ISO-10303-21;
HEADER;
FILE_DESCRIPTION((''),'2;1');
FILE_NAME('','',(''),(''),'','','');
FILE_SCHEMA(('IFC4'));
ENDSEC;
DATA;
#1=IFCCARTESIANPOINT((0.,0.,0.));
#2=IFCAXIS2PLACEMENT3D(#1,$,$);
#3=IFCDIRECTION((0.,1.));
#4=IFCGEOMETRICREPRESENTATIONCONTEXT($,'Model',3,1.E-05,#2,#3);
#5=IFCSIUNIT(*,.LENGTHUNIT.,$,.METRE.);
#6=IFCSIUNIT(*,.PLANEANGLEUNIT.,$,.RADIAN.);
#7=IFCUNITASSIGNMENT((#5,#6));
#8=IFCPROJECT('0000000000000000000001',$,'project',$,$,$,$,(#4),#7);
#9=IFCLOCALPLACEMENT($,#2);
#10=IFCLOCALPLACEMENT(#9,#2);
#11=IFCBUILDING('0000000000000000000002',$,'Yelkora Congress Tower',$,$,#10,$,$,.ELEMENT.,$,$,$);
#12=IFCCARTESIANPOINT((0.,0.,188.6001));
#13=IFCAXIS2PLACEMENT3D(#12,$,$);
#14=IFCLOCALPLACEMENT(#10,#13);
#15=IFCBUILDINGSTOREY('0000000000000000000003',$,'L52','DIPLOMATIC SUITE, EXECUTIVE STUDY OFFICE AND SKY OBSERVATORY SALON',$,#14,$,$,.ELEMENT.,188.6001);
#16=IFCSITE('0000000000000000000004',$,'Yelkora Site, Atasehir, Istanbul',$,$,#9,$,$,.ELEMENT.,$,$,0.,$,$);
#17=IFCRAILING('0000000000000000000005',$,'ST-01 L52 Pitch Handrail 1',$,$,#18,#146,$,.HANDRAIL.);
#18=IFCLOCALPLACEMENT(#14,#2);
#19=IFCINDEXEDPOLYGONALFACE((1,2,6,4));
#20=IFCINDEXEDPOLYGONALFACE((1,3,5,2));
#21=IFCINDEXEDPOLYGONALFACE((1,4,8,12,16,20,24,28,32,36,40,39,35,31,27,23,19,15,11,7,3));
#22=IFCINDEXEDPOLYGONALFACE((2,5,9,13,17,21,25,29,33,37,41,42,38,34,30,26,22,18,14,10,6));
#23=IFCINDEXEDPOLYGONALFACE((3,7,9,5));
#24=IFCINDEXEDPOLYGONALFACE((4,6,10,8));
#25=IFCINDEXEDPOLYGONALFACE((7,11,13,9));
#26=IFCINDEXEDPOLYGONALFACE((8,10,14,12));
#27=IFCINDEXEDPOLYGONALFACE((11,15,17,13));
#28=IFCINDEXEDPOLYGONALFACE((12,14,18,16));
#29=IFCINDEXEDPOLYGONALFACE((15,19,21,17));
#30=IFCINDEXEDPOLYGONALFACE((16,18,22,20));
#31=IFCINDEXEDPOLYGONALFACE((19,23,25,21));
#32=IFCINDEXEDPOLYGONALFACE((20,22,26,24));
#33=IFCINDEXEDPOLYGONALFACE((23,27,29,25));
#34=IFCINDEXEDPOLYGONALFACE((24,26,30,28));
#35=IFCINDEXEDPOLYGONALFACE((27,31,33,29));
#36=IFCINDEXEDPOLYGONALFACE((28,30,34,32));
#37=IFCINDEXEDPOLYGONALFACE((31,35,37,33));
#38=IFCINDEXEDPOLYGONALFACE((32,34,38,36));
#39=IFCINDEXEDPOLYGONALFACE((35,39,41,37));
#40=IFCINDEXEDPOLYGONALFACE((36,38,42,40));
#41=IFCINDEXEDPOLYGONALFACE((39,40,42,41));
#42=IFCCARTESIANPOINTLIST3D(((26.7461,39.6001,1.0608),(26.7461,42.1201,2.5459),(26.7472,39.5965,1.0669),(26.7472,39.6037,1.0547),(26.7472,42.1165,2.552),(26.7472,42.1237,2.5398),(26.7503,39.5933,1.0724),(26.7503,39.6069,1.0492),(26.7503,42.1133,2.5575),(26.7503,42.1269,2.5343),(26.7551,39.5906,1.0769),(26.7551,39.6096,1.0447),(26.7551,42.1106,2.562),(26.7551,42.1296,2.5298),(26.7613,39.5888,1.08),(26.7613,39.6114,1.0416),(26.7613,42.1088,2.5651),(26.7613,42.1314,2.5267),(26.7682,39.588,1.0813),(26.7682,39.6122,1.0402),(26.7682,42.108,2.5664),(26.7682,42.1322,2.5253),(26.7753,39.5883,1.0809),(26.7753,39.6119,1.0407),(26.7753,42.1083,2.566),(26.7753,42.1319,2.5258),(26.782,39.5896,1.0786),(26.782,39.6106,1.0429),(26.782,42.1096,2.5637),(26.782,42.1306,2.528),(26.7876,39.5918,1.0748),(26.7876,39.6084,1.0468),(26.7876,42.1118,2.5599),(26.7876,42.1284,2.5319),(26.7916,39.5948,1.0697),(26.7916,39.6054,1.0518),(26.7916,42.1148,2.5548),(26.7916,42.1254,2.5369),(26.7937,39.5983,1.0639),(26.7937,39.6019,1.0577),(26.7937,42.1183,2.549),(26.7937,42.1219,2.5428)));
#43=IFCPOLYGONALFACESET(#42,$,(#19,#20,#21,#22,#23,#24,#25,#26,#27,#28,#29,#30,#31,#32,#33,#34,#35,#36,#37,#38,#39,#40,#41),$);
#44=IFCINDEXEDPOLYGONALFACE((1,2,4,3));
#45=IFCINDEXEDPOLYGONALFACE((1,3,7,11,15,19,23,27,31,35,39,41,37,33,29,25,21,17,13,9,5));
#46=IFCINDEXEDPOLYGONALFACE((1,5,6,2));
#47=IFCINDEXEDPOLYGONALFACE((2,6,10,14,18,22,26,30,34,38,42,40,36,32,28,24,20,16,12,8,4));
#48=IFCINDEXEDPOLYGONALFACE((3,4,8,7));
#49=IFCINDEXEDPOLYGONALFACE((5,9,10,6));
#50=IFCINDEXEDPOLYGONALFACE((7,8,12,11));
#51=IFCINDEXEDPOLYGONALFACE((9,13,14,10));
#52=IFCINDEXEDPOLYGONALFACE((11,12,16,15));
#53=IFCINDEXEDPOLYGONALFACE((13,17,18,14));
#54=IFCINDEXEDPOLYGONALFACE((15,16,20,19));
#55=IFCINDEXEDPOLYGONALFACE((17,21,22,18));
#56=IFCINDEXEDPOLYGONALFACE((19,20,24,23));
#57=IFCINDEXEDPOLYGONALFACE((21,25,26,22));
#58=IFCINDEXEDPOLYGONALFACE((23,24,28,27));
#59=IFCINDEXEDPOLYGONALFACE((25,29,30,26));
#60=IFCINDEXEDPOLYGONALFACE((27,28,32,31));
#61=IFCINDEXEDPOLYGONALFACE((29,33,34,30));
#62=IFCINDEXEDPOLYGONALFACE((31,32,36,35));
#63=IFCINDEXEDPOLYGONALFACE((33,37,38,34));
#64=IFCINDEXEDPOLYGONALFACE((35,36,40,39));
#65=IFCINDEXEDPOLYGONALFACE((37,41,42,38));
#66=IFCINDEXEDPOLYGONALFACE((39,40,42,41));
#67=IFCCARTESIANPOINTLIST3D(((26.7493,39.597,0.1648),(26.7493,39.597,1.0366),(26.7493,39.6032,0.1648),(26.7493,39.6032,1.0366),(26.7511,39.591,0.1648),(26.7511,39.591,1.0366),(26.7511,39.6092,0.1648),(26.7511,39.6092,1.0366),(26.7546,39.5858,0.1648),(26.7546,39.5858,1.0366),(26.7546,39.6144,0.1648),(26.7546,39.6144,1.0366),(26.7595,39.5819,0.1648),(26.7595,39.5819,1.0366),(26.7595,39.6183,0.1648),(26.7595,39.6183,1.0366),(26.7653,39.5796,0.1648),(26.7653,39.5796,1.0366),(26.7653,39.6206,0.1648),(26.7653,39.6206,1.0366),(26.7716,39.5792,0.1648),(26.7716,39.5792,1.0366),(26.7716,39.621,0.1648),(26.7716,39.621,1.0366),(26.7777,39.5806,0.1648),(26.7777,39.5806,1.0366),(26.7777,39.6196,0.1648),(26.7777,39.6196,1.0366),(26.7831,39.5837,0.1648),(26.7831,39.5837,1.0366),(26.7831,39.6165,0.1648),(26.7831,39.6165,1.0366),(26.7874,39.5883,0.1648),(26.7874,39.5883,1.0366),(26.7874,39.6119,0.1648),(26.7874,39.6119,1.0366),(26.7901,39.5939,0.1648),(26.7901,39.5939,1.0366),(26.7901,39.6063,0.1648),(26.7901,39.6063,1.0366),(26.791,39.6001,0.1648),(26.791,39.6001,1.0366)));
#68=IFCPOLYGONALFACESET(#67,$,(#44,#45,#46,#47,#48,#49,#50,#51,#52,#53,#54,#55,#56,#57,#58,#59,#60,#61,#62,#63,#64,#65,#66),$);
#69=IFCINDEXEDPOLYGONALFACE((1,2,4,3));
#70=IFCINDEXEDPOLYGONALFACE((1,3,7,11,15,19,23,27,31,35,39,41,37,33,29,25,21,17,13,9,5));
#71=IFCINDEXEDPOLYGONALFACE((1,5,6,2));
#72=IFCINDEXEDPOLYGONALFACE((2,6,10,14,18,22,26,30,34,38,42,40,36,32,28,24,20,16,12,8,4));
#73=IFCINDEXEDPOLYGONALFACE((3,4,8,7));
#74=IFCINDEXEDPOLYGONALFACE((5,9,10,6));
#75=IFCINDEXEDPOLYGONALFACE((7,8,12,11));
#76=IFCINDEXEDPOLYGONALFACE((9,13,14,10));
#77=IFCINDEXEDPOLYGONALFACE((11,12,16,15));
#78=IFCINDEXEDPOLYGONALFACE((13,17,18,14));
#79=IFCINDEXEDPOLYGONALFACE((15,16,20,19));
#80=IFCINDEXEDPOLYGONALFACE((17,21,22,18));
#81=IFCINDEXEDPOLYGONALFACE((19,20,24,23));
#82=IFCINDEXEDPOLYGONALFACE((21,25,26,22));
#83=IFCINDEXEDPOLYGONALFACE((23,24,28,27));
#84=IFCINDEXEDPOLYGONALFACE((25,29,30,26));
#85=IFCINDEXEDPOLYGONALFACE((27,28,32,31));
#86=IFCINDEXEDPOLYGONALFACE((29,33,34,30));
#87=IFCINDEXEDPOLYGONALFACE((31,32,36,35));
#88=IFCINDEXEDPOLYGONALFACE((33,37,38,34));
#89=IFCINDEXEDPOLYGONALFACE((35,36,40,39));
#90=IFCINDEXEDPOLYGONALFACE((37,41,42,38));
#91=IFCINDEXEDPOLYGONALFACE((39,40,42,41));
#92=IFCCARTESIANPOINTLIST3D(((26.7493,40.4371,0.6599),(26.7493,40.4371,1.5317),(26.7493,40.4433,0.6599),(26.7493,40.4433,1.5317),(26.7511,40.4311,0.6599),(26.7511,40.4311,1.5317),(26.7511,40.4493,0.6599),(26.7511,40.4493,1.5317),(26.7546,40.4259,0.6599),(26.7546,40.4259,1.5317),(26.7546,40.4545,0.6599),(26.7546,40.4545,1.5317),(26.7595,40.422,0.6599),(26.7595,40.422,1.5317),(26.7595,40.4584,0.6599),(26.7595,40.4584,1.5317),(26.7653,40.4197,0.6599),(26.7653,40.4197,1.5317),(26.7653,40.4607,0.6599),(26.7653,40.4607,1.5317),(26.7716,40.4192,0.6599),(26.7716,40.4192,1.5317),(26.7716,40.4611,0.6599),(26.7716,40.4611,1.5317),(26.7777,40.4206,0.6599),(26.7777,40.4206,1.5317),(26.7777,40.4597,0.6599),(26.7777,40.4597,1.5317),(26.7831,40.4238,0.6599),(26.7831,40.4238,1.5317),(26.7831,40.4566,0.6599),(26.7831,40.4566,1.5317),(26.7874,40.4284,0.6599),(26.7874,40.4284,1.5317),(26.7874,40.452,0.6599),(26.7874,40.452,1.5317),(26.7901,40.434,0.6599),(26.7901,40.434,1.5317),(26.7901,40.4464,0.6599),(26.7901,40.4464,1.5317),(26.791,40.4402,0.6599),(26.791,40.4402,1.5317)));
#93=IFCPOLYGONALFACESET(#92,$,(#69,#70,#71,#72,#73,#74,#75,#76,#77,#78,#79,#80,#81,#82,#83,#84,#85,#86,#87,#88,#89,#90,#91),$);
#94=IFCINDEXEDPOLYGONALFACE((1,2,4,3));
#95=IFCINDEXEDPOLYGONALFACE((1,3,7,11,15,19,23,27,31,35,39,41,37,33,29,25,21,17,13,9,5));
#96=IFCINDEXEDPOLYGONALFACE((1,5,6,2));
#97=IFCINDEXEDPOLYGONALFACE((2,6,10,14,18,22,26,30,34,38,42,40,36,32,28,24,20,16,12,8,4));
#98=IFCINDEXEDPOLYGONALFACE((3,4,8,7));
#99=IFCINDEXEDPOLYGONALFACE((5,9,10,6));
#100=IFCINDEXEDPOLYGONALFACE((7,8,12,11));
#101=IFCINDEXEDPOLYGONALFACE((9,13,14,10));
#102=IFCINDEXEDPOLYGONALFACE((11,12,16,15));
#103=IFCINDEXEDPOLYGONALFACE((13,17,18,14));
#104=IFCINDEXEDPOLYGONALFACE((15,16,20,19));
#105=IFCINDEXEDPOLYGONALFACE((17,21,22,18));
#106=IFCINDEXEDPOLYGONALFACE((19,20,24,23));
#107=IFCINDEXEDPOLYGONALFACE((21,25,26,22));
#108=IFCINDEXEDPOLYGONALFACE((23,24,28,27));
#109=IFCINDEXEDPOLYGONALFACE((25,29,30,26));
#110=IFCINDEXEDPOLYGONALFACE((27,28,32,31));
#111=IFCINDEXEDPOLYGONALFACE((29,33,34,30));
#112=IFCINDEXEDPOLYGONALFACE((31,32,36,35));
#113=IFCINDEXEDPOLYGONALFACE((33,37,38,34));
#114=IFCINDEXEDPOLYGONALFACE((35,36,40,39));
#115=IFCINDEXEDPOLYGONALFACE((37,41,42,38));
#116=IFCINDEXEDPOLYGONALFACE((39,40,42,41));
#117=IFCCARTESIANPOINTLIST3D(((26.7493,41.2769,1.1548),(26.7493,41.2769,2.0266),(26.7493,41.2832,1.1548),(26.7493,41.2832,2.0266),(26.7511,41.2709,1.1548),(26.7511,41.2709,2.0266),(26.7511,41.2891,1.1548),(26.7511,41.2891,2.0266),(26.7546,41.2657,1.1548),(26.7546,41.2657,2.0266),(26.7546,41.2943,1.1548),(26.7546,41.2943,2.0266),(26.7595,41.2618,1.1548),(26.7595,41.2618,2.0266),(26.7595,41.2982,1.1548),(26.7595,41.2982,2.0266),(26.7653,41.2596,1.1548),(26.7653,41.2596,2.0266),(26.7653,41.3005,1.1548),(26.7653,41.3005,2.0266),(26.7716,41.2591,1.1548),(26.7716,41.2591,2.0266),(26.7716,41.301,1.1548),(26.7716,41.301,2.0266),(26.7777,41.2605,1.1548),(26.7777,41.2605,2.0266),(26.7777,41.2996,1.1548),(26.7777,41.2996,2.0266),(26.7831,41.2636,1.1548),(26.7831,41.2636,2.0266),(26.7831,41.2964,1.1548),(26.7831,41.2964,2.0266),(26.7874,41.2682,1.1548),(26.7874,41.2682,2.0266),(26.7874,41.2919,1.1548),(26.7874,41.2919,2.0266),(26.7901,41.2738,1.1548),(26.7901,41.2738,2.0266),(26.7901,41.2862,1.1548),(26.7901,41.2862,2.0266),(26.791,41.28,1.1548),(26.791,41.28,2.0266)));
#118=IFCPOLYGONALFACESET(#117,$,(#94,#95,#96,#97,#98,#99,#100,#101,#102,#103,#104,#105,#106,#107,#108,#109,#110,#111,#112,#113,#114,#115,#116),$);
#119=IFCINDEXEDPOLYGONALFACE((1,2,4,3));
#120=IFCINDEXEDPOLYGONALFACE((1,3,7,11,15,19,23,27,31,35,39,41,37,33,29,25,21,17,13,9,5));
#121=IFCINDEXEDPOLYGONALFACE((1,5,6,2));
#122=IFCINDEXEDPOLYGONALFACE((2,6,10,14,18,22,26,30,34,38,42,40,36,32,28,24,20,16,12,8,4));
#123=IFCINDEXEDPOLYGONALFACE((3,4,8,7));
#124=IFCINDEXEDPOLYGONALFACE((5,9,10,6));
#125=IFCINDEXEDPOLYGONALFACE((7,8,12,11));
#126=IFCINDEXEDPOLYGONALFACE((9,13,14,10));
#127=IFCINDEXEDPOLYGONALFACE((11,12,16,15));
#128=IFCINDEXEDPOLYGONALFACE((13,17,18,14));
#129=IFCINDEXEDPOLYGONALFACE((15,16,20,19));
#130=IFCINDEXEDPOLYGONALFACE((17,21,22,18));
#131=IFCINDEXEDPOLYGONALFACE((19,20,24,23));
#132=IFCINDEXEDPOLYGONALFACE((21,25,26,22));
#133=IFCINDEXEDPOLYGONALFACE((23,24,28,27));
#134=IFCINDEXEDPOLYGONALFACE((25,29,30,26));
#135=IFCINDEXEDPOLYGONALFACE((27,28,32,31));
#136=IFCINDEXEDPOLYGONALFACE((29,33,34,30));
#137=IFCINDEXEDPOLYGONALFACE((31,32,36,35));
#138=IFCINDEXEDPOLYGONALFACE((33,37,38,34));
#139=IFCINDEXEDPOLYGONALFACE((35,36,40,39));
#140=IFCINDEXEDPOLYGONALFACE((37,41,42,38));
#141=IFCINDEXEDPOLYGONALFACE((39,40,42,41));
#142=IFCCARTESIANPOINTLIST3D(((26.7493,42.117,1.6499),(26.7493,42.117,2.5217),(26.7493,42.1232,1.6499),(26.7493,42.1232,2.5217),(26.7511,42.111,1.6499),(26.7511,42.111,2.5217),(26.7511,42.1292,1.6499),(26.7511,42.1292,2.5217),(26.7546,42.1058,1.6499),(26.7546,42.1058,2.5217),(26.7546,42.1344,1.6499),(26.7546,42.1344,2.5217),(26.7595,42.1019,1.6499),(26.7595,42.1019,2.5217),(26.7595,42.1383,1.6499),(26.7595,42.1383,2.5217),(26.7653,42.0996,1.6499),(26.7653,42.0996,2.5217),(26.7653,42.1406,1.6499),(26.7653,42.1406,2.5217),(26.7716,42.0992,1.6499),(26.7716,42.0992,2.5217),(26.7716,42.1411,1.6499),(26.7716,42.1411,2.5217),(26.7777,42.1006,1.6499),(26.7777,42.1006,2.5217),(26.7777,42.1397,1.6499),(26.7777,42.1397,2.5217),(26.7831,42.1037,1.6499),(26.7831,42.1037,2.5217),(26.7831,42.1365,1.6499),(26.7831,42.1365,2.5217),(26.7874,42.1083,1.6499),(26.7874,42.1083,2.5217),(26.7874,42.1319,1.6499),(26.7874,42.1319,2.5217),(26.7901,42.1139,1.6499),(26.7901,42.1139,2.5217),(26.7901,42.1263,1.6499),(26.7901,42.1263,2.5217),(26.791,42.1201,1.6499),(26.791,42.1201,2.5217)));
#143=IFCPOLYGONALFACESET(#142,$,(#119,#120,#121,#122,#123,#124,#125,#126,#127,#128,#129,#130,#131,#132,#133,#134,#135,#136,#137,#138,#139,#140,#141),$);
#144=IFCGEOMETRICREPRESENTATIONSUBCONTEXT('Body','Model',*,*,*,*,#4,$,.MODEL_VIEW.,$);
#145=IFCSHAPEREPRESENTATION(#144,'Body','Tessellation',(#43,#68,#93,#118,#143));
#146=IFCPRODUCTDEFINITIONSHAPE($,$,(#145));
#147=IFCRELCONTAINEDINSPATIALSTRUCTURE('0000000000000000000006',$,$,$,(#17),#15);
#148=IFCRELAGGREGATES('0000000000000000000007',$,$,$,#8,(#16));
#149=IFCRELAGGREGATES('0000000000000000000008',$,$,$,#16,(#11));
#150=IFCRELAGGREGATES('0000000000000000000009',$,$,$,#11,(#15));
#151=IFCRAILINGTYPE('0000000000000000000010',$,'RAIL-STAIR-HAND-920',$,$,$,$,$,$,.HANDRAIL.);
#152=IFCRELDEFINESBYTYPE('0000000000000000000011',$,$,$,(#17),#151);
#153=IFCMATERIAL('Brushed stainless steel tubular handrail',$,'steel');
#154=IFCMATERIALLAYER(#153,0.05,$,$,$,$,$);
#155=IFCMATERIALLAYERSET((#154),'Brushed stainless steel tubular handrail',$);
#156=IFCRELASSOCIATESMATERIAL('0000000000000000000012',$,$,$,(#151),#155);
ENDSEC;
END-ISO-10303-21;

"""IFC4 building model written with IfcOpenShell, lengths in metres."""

from ifc_helpers import new_model, si_unit, direction, frame, origin, origin_2d, place, context, subcontext, project, spatial, circle, extrude, material, layer, layer_set, type_object, element, save


model = new_model("IFC4")

# Units and contexts
model_context = context("Model", 3, precision=1e-05, world=origin(), true_north=direction((0.0, 1.0)))
body_context = subcontext(model_context, "Body", "Model", "MODEL_VIEW")
ifc_project = project(units=[si_unit("LENGTHUNIT", "METRE"), si_unit("PLANEANGLEUNIT", "RADIAN")], contexts=[model_context])

# Site, building, storey
site_placement = place(None, origin())
site = spatial("IfcSite", under=ifc_project, at=site_placement, Name="Yelkora Site, Atasehir, Istanbul", CompositionType="ELEMENT", RefElevation=0.0)
building_placement = place(site_placement, origin())
building = spatial("IfcBuilding", under=site, at=building_placement, Name="Yelkora Congress Tower", CompositionType="ELEMENT")
storey_placement = place(building_placement, frame((0.0, 0.0, 188.6001)))
storey = spatial("IfcBuildingStorey", under=building, at=storey_placement, Name="L52", Description="DIPLOMATIC SUITE, EXECUTIVE STUDY OFFICE AND SKY OBSERVATORY SALON", CompositionType="ELEMENT", Elevation=188.6001)

# Railing
ifc_material_1 = material(Name="Brushed stainless steel tubular handrail", Category="steel")
ifc_layer_1 = layer(ifc_material_1, 0.05)
ifc_layer_set_1 = layer_set([ifc_layer_1], Name="Brushed stainless steel tubular handrail")
railing_type_1 = type_object("IfcRailingType", Name="RAIL-STAIR-HAND-920", PredefinedType="HANDRAIL", material=ifc_layer_set_1)
railing_1_placement = place(storey_placement, frame((26.77, 39.6001, 0.1648)))
element("IfcRailing", 1, at=railing_1_placement, inside=storey, type_object=railing_type_1, Name="ST-01 L52 Pitch Handrail 1", PredefinedType="HANDRAIL", context=body_context, shape_type="SweptSolid", body=[
    extrude(circle(Radius=0.0239, at=origin_2d()), frame((0.0, 0.0, 0.896), z_axis=(0.0, 0.861524, 0.507717), x_axis=(-1.0, 0.0, 0.0)), (0.0, 0.0, 1.0), 2.925),
    extrude(circle(Radius=0.021, at=origin_2d()), origin(), (0.0, 0.0, 1.0), 0.8718),
    extrude(circle(Radius=0.021, at=origin_2d()), frame((0.0, 0.8401, 0.4951)), (0.0, 0.0, 1.0), 0.8718),
    extrude(circle(Radius=0.021, at=origin_2d()), frame((0.0, 1.6799, 0.99)), (0.0, 0.0, 1.0), 0.8718),
    extrude(circle(Radius=0.021, at=origin_2d()), frame((0.0, 2.52, 1.4851)), (0.0, 0.0, 1.0), 0.8718),
])

save(model, "model.ifc")
